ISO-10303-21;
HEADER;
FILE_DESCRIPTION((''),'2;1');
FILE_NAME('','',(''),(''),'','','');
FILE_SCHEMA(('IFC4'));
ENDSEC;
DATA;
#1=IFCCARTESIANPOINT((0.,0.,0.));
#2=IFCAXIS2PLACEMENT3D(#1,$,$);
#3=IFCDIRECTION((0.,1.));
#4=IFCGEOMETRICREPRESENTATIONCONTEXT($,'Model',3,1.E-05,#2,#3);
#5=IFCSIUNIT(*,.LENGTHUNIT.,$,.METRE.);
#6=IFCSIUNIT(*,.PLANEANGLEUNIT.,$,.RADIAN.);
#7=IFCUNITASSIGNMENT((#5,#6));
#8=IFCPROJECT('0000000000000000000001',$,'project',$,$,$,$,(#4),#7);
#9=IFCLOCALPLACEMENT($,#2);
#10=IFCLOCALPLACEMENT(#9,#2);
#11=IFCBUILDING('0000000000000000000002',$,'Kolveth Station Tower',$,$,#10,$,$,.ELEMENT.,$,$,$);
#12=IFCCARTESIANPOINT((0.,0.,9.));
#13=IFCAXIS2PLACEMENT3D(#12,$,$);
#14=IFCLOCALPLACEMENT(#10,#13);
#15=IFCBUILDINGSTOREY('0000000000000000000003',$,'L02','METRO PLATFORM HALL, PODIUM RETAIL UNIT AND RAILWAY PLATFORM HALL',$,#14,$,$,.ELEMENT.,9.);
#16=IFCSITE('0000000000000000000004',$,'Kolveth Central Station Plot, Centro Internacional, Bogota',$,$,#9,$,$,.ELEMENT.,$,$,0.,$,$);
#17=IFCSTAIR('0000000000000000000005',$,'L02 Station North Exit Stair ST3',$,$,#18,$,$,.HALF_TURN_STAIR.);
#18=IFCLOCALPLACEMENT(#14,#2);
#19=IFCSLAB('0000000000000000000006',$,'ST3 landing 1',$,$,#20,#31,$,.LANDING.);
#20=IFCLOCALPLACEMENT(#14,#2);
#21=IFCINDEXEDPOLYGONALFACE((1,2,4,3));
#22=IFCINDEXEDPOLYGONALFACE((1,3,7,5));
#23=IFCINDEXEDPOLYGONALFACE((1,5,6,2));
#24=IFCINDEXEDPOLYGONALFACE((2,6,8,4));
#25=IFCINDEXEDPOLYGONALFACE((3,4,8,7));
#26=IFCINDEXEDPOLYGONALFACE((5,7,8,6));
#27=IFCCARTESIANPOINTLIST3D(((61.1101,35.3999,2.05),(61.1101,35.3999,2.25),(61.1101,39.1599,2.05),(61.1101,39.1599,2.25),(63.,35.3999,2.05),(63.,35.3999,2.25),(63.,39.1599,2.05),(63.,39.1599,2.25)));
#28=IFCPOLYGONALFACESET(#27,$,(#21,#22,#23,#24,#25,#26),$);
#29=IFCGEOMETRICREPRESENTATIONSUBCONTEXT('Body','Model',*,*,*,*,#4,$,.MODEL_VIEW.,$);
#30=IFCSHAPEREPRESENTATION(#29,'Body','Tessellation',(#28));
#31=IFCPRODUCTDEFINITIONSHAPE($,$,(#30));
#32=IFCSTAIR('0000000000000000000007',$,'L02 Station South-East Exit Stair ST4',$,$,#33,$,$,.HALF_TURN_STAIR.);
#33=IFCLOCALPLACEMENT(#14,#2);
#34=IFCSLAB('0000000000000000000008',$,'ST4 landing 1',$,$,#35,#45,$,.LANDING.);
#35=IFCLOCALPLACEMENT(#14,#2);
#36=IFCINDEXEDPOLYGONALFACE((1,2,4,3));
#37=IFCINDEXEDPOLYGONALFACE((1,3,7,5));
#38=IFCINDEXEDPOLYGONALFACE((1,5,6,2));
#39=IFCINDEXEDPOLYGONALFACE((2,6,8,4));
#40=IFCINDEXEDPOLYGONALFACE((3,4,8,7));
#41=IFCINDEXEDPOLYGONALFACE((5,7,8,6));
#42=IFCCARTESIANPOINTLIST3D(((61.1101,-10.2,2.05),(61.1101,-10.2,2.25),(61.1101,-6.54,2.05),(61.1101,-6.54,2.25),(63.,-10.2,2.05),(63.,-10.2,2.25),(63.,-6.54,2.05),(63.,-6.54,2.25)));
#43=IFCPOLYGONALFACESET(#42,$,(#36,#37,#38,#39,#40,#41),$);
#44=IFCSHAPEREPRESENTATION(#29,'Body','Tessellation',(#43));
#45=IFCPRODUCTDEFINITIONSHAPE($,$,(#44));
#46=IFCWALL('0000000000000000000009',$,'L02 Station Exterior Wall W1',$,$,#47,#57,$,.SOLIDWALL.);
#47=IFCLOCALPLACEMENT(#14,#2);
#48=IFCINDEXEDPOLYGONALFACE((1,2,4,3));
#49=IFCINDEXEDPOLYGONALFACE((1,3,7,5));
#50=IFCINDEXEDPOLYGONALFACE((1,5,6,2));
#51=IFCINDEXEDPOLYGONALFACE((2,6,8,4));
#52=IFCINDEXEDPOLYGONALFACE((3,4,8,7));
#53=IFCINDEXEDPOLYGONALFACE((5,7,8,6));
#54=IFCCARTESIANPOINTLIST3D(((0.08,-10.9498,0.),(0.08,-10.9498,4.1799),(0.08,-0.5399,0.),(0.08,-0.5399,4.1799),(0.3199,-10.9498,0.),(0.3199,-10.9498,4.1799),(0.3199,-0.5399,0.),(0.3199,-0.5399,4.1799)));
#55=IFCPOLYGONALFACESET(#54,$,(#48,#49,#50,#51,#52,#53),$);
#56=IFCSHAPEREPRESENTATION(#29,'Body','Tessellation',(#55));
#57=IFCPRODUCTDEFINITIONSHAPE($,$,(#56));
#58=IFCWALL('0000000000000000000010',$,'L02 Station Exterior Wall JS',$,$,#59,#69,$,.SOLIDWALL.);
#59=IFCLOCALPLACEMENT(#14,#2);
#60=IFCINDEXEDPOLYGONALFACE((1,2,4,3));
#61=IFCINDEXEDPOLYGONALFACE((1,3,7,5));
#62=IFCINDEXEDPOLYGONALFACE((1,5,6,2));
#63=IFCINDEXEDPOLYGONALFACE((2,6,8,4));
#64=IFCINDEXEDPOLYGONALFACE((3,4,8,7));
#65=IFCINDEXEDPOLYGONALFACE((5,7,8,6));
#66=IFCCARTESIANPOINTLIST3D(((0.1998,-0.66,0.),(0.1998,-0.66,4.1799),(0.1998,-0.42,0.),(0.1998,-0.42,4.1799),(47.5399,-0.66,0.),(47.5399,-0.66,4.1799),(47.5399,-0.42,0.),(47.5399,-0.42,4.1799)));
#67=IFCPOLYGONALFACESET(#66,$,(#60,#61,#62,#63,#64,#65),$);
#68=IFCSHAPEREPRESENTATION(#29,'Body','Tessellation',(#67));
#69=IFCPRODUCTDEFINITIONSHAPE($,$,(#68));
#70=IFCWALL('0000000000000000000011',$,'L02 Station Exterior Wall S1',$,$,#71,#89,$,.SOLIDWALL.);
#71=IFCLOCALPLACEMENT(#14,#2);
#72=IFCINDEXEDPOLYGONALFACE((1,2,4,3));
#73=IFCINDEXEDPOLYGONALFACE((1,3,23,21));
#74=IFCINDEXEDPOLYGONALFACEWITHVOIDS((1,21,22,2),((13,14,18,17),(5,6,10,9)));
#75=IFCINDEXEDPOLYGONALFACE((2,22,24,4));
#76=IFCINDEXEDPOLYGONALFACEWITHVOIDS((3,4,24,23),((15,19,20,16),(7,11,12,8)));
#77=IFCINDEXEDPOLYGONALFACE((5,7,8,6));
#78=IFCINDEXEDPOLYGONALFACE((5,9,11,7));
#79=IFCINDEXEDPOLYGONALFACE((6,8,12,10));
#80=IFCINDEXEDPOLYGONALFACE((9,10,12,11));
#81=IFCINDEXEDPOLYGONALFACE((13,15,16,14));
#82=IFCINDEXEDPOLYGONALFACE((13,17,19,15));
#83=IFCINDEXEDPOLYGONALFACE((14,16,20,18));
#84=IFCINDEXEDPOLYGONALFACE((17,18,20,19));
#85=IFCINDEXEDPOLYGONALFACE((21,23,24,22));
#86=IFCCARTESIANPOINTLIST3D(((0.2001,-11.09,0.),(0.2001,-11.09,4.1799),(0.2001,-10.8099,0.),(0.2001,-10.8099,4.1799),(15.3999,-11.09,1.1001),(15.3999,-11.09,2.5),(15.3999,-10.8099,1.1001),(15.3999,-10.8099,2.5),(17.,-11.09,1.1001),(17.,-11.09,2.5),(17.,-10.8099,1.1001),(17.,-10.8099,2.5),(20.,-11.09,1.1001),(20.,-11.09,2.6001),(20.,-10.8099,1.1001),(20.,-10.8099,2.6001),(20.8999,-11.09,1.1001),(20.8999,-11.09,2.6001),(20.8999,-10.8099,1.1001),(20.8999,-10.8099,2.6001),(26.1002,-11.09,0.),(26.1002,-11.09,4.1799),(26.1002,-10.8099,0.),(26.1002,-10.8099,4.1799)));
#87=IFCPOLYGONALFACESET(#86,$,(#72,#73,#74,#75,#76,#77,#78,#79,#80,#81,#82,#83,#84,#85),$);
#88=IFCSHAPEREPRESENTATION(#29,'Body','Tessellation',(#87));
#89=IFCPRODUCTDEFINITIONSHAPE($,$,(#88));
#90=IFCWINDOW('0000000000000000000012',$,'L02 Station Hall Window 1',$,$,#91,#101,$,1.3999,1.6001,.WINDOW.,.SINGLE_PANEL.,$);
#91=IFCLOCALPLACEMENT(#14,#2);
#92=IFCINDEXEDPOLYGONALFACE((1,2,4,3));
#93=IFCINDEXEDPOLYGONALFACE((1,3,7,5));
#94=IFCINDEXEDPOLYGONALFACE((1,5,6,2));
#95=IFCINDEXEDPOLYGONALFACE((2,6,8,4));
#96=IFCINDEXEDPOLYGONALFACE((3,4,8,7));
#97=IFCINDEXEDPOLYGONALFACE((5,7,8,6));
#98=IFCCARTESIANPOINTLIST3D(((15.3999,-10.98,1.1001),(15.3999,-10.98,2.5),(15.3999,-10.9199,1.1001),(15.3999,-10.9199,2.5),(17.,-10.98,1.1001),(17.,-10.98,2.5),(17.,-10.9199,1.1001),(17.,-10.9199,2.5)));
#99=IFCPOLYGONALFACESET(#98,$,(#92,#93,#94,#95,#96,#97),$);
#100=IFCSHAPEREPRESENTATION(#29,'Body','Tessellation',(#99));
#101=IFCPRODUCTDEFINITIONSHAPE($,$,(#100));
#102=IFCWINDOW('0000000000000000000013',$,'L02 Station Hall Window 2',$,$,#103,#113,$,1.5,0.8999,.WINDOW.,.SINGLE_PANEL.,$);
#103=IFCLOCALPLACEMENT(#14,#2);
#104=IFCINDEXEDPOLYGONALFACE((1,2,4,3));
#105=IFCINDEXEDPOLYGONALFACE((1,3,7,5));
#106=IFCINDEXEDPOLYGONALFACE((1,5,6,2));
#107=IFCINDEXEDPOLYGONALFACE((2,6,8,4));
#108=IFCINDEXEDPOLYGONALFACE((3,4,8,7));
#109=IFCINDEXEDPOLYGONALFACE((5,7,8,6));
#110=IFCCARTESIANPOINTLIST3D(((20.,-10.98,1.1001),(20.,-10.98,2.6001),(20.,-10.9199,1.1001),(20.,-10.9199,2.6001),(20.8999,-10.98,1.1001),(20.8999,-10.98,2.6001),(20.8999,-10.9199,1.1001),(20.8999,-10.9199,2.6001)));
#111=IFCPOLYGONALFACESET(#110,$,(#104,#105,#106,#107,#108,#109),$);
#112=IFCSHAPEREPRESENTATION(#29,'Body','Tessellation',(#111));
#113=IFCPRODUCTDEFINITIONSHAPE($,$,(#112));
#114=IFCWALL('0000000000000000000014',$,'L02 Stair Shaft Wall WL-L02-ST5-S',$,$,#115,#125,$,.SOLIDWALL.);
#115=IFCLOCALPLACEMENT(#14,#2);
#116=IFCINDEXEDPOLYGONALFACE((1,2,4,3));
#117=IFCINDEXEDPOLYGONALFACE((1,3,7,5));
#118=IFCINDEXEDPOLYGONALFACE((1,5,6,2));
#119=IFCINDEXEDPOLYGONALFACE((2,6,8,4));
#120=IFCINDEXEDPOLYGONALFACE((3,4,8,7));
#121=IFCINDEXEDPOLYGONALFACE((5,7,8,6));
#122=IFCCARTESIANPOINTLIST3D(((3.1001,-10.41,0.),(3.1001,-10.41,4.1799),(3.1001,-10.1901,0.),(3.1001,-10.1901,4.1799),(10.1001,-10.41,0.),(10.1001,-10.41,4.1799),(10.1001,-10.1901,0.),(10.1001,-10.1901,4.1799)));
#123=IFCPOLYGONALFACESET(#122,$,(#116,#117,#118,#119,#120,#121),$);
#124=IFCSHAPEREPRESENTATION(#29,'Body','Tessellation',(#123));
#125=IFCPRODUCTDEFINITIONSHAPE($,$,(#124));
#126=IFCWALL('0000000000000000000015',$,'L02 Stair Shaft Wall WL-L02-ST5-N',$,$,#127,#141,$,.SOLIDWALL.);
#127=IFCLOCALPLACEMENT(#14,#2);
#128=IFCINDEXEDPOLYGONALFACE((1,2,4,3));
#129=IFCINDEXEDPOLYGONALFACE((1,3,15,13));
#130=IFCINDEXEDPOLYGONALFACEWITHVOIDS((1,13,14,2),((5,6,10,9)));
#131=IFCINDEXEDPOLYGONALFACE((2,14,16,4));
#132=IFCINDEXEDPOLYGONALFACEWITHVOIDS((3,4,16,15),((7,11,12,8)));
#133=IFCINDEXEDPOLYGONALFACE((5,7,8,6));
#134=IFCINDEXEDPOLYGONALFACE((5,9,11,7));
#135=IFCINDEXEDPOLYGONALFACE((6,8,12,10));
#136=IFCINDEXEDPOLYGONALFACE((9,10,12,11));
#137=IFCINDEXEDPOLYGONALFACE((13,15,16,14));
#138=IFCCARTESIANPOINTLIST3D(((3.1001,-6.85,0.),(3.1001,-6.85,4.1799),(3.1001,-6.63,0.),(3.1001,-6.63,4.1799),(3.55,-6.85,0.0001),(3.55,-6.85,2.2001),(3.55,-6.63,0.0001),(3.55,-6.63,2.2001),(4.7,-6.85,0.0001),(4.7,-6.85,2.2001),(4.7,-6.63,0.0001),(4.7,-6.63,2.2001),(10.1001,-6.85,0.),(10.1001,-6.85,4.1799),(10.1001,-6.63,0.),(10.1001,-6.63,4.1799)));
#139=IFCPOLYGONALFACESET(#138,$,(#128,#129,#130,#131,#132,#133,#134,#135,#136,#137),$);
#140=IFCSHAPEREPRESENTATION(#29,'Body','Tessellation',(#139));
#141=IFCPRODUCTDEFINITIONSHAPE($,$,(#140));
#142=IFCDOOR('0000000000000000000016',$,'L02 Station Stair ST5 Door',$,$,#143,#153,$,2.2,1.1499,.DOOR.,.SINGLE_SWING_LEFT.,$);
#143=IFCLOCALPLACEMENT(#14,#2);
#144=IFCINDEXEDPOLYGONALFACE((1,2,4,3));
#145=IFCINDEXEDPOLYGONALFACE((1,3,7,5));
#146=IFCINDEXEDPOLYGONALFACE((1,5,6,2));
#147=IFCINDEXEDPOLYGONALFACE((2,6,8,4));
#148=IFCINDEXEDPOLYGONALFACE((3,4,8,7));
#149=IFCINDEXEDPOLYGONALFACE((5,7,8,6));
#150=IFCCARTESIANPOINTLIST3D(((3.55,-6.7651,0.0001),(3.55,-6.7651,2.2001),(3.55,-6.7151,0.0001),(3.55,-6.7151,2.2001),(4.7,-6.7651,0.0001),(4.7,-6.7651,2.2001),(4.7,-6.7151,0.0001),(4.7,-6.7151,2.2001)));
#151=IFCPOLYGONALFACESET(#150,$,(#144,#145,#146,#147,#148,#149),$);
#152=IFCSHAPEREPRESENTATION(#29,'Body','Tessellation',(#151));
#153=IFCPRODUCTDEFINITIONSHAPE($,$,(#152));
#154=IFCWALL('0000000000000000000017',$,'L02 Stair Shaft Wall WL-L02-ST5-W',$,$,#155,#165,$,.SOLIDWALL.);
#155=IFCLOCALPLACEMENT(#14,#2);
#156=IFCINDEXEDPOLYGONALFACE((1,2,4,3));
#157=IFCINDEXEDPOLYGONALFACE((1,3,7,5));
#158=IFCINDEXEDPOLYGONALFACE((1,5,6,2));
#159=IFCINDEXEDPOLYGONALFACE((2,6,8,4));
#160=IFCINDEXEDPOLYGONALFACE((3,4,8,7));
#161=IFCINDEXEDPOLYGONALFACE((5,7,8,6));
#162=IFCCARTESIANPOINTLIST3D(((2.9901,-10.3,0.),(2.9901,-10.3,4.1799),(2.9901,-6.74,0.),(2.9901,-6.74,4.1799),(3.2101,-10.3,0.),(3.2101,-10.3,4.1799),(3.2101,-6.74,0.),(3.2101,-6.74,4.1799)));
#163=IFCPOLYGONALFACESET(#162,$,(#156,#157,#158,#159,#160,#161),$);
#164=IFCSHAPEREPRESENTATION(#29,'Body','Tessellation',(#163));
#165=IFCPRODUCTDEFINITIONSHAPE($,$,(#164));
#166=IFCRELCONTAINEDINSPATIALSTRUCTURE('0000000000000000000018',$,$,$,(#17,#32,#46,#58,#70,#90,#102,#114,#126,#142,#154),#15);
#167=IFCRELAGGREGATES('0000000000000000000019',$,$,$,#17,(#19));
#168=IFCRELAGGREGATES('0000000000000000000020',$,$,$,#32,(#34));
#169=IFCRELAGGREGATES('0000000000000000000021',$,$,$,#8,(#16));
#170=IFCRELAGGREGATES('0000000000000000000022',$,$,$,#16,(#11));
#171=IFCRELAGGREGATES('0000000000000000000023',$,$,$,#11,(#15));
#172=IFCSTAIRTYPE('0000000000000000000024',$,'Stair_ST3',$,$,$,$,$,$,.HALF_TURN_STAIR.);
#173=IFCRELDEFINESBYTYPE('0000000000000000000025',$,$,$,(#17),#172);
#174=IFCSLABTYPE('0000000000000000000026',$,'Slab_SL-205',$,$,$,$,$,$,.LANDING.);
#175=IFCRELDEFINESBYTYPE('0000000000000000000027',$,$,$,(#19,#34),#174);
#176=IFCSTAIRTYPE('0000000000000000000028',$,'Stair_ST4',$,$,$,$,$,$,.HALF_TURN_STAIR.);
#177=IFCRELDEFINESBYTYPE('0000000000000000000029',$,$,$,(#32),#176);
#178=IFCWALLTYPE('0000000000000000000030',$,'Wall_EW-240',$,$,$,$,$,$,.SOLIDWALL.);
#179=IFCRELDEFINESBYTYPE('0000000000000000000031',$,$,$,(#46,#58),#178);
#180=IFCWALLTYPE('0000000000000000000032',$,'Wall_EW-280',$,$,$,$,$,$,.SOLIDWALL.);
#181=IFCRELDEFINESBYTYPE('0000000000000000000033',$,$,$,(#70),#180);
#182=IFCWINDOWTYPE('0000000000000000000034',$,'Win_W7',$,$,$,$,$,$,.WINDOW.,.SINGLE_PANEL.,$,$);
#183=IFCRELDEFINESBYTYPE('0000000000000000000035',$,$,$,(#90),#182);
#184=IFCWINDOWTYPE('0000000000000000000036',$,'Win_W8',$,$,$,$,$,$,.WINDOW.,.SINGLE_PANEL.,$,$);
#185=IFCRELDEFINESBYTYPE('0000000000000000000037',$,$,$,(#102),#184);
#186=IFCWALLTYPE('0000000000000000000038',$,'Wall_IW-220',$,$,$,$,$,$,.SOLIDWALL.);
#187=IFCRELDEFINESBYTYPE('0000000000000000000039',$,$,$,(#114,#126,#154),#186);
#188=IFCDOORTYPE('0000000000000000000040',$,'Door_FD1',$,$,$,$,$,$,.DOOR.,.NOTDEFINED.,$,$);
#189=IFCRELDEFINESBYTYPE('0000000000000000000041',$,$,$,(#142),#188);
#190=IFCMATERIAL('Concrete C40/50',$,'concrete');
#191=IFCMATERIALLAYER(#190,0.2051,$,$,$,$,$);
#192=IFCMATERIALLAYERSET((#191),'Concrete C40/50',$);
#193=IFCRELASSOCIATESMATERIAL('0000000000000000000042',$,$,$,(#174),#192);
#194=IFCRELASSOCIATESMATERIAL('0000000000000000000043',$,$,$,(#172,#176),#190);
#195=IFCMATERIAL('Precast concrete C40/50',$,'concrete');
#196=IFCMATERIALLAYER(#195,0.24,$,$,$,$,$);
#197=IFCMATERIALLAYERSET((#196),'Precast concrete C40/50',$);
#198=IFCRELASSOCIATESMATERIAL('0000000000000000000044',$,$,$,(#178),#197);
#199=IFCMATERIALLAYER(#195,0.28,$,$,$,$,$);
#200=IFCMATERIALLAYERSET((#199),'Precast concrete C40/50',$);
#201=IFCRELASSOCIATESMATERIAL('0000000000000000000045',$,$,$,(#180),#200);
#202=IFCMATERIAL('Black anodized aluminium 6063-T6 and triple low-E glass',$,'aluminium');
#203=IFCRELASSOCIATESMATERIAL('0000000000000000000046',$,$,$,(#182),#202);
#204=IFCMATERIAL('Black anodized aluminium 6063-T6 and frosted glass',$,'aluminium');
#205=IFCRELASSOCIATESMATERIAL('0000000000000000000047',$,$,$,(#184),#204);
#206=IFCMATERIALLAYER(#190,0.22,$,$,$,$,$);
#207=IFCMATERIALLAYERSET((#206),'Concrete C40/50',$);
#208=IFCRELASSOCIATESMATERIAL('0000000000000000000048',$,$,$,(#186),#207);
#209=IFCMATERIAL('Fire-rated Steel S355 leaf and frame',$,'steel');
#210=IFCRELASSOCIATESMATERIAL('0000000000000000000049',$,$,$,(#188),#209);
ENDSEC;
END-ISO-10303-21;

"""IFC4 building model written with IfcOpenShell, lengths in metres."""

from ifc_helpers import new_model, si_unit, direction, frame, frame_2d, origin, place, context, subcontext, project, spatial, polyline, rectangle, outline, extrude, material, layer, layer_set, type_object, element, fill, aggregate, save


model = new_model("IFC4")

# Units and contexts
model_context = context("Model", 3, precision=1e-05, world=origin(), true_north=direction((0.0, 1.0)))
body_context = subcontext(model_context, "Body", "Model", "MODEL_VIEW")
ifc_project = project(units=[si_unit("LENGTHUNIT", "METRE"), si_unit("PLANEANGLEUNIT", "RADIAN")], contexts=[model_context])

# Site, building, storey
site_placement = place(None, origin())
site = spatial("IfcSite", under=ifc_project, at=site_placement, Name="Kolveth Central Station Plot, Centro Internacional, Bogota", CompositionType="ELEMENT", RefElevation=0.0)
building_placement = place(site_placement, origin())
building = spatial("IfcBuilding", under=site, at=building_placement, Name="Kolveth Station Tower", CompositionType="ELEMENT")
storey_placement = place(building_placement, frame((0.0, 0.0, 9.0)))
storey = spatial("IfcBuildingStorey", under=building, at=storey_placement, Name="L02", Description="METRO PLATFORM HALL, PODIUM RETAIL UNIT AND RAILWAY PLATFORM HALL", CompositionType="ELEMENT", Elevation=9.0)

# Stairs, slabs
ifc_material_1 = material(Name="Concrete C40/50", Category="concrete")
ifc_layer_1 = layer(ifc_material_1, 0.2051)
ifc_layer_set_1 = layer_set([ifc_layer_1], Name="Concrete C40/50")
slab_type_1 = type_object("IfcSlabType", Name="Slab_SL-205", PredefinedType="LANDING", material=ifc_layer_set_1)
stair_type_1 = type_object("IfcStairType", Name="Stair_ST3", PredefinedType="HALF_TURN_STAIR", material=ifc_material_1)
stair_1_placement = place(storey_placement, origin())
stair_1 = element("IfcStair", 1, at=stair_1_placement, inside=storey, type_object=stair_type_1, Name="L02 Station North Exit Stair ST3", PredefinedType="HALF_TURN_STAIR")
slab_1_placement = place(storey_placement, frame((0.0, 0.0, 2.05)))
slab_1 = element("IfcSlab", 2, at=slab_1_placement, type_object=slab_type_1, Name="ST3 landing 1", PredefinedType="LANDING", context=body_context, shape_type="SweptSolid", body=[
    extrude(outline(polyline([(61.1101, 35.3999), (63.0, 35.3999), (63.0, 39.1599), (61.1101, 39.1599), (61.1101, 35.3999)])), origin(), (0.0, 0.0, 1.0), 0.2),
])
aggregate(stair_1, [slab_1])
stair_type_2 = type_object("IfcStairType", Name="Stair_ST4", PredefinedType="HALF_TURN_STAIR", material=ifc_material_1)
stair_2_placement = place(storey_placement, origin())
stair_2 = element("IfcStair", 3, at=stair_2_placement, inside=storey, type_object=stair_type_2, Name="L02 Station South-East Exit Stair ST4", PredefinedType="HALF_TURN_STAIR")
slab_2_placement = place(storey_placement, frame((0.0, 0.0, 2.05)))
slab_2 = element("IfcSlab", 4, at=slab_2_placement, type_object=slab_type_1, Name="ST4 landing 1", PredefinedType="LANDING", context=body_context, shape_type="SweptSolid", body=[
    extrude(outline(polyline([(61.1101, -10.2), (63.0, -10.2), (63.0, -6.54), (61.1101, -6.54), (61.1101, -10.2)])), origin(), (0.0, 0.0, 1.0), 0.2),
])
aggregate(stair_2, [slab_2])

# Walls
ifc_material_2 = material(Name="Precast concrete C40/50", Category="concrete")
ifc_layer_2 = layer(ifc_material_2, 0.24)
ifc_layer_set_2 = layer_set([ifc_layer_2], Name="Precast concrete C40/50")
wall_type_1 = type_object("IfcWallType", Name="Wall_EW-240", PredefinedType="SOLIDWALL", material=ifc_layer_set_2)
wall_1_placement = place(storey_placement, frame((0.2, -10.95, 0.0), z_axis=(0.0, 0.0, 1.0), x_axis=(0.0, 1.0, 0.0)))
element("IfcWall", 5, at=wall_1_placement, inside=storey, type_object=wall_type_1, Name="L02 Station Exterior Wall W1", PredefinedType="SOLIDWALL", context=body_context, shape_type="SweptSolid", body=[
    extrude(rectangle(XDim=10.4099, YDim=0.24, at=frame_2d((5.2051, 0.0))), origin(), (0.0, 0.0, 1.0), 4.1799),
])
wall_2_placement = place(storey_placement, frame((0.2, -0.54, 0.0), z_axis=(0.0, 0.0, 1.0), x_axis=(1.0, 0.0, 0.0)))
element("IfcWall", 6, at=wall_2_placement, inside=storey, type_object=wall_type_1, Name="L02 Station Exterior Wall JS", PredefinedType="SOLIDWALL", context=body_context, shape_type="SweptSolid", body=[
    extrude(rectangle(XDim=47.3401, YDim=0.24, at=frame_2d((23.6699, 0.0))), origin(), (0.0, 0.0, 1.0), 4.1799),
])

# Wall, openings, windows
ifc_layer_3 = layer(ifc_material_2, 0.28)
ifc_layer_set_3 = layer_set([ifc_layer_3], Name="Precast concrete C40/50")
wall_type_2 = type_object("IfcWallType", Name="Wall_EW-280", PredefinedType="SOLIDWALL", material=ifc_layer_set_3)
wall_3_placement = place(storey_placement, frame((0.2, -10.95, 0.0), z_axis=(0.0, 0.0, 1.0), x_axis=(1.0, 0.0, 0.0)))
wall_3 = element("IfcWall", 7, at=wall_3_placement, inside=storey, type_object=wall_type_2, Name="L02 Station Exterior Wall S1", PredefinedType="SOLIDWALL", context=body_context, shape_type="SweptSolid", body=[
    extrude(rectangle(XDim=25.9001, YDim=0.28, at=frame_2d((12.9502, 0.0))), origin(), (0.0, 0.0, 1.0), 4.1799),
])
opening_1_placement = place(wall_3_placement, frame((15.2, 0.0, 1.1001)))
opening_1 = element("IfcOpeningElement", 8, at=opening_1_placement, cuts=wall_3, PredefinedType="OPENING", context=body_context, shape_type="SweptSolid", body=[
    extrude(rectangle(XDim=1.6001, YDim=1.3999, at=frame_2d((0.8, 0.7))), frame((0.0, 0.1499, 0.0), z_axis=(0.0, -1.0, 0.0), x_axis=(1.0, 0.0, 0.0)), (0.0, 0.0, 1.0), 0.3),
])
opening_2_placement = place(wall_3_placement, frame((19.8, 0.0, 1.1001)))
opening_2 = element("IfcOpeningElement", 9, at=opening_2_placement, cuts=wall_3, PredefinedType="OPENING", context=body_context, shape_type="SweptSolid", body=[
    extrude(rectangle(XDim=0.8999, YDim=1.5, at=frame_2d((0.45, 0.75))), frame((0.0, 0.1499, 0.0), z_axis=(0.0, -1.0, 0.0), x_axis=(1.0, 0.0, 0.0)), (0.0, 0.0, 1.0), 0.3),
])
ifc_material_3 = material(Name="Black anodized aluminium 6063-T6 and triple low-E glass", Category="aluminium")
window_type_1 = type_object("IfcWindowType", Name="Win_W7", PartitioningType="SINGLE_PANEL", PredefinedType="WINDOW", material=ifc_material_3)
window_1_placement = place(opening_1_placement, origin())
window_1 = element("IfcWindow", 10, at=window_1_placement, inside=storey, type_object=window_type_1, Name="L02 Station Hall Window 1", OverallHeight=1.3999, OverallWidth=1.6001, PartitioningType="SINGLE_PANEL", PredefinedType="WINDOW", context=body_context, shape_type="SweptSolid", body=[
    extrude(rectangle(XDim=1.6001, YDim=1.3999, at=frame_2d((0.8, 0.7))), frame((0.0, 0.03, 0.0), z_axis=(0.0, -1.0, 0.0), x_axis=(1.0, 0.0, 0.0)), (0.0, 0.0, 1.0), 0.0601),
])
fill(opening_1, window_1)
ifc_material_4 = material(Name="Black anodized aluminium 6063-T6 and frosted glass", Category="aluminium")
window_type_2 = type_object("IfcWindowType", Name="Win_W8", PartitioningType="SINGLE_PANEL", PredefinedType="WINDOW", material=ifc_material_4)
window_2_placement = place(opening_2_placement, origin())
window_2 = element("IfcWindow", 11, at=window_2_placement, inside=storey, type_object=window_type_2, Name="L02 Station Hall Window 2", OverallHeight=1.5, OverallWidth=0.8999, PartitioningType="SINGLE_PANEL", PredefinedType="WINDOW", context=body_context, shape_type="SweptSolid", body=[
    extrude(rectangle(XDim=0.8999, YDim=1.5, at=frame_2d((0.45, 0.75))), frame((0.0, 0.03, 0.0), z_axis=(0.0, -1.0, 0.0), x_axis=(1.0, 0.0, 0.0)), (0.0, 0.0, 1.0), 0.0601),
])
fill(opening_2, window_2)

# Wall
ifc_layer_4 = layer(ifc_material_1, 0.22)
ifc_layer_set_4 = layer_set([ifc_layer_4], Name="Concrete C40/50")
wall_type_3 = type_object("IfcWallType", Name="Wall_IW-220", PredefinedType="SOLIDWALL", material=ifc_layer_set_4)
wall_4_placement = place(storey_placement, frame((3.1001, -10.3, 0.0), z_axis=(0.0, 0.0, 1.0), x_axis=(1.0, 0.0, 0.0)))
element("IfcWall", 12, at=wall_4_placement, inside=storey, type_object=wall_type_3, Name="L02 Stair Shaft Wall WL-L02-ST5-S", PredefinedType="SOLIDWALL", context=body_context, shape_type="SweptSolid", body=[
    extrude(rectangle(XDim=7.0, YDim=0.22, at=frame_2d((3.5, 0.0))), origin(), (0.0, 0.0, 1.0), 4.1799),
])

# Wall, opening, door
wall_5_placement = place(storey_placement, frame((3.1001, -6.74, 0.0), z_axis=(0.0, 0.0, 1.0), x_axis=(1.0, 0.0, 0.0)))
wall_5 = element("IfcWall", 13, at=wall_5_placement, inside=storey, type_object=wall_type_3, Name="L02 Stair Shaft Wall WL-L02-ST5-N", PredefinedType="SOLIDWALL", context=body_context, shape_type="SweptSolid", body=[
    extrude(rectangle(XDim=7.0, YDim=0.22, at=frame_2d((3.5, 0.0))), origin(), (0.0, 0.0, 1.0), 4.1799),
])
opening_3_placement = place(wall_5_placement, frame((0.45, 0.0, 0.0)))
opening_3 = element("IfcOpeningElement", 14, at=opening_3_placement, cuts=wall_5, PredefinedType="OPENING", context=body_context, shape_type="SweptSolid", body=[
    extrude(rectangle(XDim=1.1499, YDim=2.2, at=frame_2d((0.575, 1.1001))), frame((0.0, 0.1199, 0.0), z_axis=(0.0, -1.0, 0.0), x_axis=(1.0, 0.0, 0.0)), (0.0, 0.0, 1.0), 0.24),
])
ifc_material_5 = material(Name="Fire-rated Steel S355 leaf and frame", Category="steel")
door_type = type_object("IfcDoorType", Name="Door_FD1", OperationType="NOTDEFINED", PredefinedType="DOOR", material=ifc_material_5)
door_placement = place(opening_3_placement, origin())
door = element("IfcDoor", 15, at=door_placement, inside=storey, type_object=door_type, Name="L02 Station Stair ST5 Door", OperationType="SINGLE_SWING_LEFT", OverallHeight=2.2, OverallWidth=1.1499, PredefinedType="DOOR", context=body_context, shape_type="SweptSolid", body=[
    extrude(rectangle(XDim=1.1499, YDim=2.2, at=frame_2d((0.575, 1.1001))), frame((0.0, 0.0249, 0.0), z_axis=(0.0, -1.0, 0.0), x_axis=(1.0, 0.0, 0.0)), (0.0, 0.0, 1.0), 0.05),
])
fill(opening_3, door)

# Wall
wall_6_placement = place(storey_placement, frame((3.1001, -10.3, 0.0), z_axis=(0.0, 0.0, 1.0), x_axis=(0.0, 1.0, 0.0)))
element("IfcWall", 16, at=wall_6_placement, inside=storey, type_object=wall_type_3, Name="L02 Stair Shaft Wall WL-L02-ST5-W", PredefinedType="SOLIDWALL", context=body_context, shape_type="SweptSolid", body=[
    extrude(rectangle(XDim=3.5601, YDim=0.22, at=frame_2d((1.78, 0.0))), origin(), (0.0, 0.0, 1.0), 4.1799),
])

save(model, "model.ifc")
